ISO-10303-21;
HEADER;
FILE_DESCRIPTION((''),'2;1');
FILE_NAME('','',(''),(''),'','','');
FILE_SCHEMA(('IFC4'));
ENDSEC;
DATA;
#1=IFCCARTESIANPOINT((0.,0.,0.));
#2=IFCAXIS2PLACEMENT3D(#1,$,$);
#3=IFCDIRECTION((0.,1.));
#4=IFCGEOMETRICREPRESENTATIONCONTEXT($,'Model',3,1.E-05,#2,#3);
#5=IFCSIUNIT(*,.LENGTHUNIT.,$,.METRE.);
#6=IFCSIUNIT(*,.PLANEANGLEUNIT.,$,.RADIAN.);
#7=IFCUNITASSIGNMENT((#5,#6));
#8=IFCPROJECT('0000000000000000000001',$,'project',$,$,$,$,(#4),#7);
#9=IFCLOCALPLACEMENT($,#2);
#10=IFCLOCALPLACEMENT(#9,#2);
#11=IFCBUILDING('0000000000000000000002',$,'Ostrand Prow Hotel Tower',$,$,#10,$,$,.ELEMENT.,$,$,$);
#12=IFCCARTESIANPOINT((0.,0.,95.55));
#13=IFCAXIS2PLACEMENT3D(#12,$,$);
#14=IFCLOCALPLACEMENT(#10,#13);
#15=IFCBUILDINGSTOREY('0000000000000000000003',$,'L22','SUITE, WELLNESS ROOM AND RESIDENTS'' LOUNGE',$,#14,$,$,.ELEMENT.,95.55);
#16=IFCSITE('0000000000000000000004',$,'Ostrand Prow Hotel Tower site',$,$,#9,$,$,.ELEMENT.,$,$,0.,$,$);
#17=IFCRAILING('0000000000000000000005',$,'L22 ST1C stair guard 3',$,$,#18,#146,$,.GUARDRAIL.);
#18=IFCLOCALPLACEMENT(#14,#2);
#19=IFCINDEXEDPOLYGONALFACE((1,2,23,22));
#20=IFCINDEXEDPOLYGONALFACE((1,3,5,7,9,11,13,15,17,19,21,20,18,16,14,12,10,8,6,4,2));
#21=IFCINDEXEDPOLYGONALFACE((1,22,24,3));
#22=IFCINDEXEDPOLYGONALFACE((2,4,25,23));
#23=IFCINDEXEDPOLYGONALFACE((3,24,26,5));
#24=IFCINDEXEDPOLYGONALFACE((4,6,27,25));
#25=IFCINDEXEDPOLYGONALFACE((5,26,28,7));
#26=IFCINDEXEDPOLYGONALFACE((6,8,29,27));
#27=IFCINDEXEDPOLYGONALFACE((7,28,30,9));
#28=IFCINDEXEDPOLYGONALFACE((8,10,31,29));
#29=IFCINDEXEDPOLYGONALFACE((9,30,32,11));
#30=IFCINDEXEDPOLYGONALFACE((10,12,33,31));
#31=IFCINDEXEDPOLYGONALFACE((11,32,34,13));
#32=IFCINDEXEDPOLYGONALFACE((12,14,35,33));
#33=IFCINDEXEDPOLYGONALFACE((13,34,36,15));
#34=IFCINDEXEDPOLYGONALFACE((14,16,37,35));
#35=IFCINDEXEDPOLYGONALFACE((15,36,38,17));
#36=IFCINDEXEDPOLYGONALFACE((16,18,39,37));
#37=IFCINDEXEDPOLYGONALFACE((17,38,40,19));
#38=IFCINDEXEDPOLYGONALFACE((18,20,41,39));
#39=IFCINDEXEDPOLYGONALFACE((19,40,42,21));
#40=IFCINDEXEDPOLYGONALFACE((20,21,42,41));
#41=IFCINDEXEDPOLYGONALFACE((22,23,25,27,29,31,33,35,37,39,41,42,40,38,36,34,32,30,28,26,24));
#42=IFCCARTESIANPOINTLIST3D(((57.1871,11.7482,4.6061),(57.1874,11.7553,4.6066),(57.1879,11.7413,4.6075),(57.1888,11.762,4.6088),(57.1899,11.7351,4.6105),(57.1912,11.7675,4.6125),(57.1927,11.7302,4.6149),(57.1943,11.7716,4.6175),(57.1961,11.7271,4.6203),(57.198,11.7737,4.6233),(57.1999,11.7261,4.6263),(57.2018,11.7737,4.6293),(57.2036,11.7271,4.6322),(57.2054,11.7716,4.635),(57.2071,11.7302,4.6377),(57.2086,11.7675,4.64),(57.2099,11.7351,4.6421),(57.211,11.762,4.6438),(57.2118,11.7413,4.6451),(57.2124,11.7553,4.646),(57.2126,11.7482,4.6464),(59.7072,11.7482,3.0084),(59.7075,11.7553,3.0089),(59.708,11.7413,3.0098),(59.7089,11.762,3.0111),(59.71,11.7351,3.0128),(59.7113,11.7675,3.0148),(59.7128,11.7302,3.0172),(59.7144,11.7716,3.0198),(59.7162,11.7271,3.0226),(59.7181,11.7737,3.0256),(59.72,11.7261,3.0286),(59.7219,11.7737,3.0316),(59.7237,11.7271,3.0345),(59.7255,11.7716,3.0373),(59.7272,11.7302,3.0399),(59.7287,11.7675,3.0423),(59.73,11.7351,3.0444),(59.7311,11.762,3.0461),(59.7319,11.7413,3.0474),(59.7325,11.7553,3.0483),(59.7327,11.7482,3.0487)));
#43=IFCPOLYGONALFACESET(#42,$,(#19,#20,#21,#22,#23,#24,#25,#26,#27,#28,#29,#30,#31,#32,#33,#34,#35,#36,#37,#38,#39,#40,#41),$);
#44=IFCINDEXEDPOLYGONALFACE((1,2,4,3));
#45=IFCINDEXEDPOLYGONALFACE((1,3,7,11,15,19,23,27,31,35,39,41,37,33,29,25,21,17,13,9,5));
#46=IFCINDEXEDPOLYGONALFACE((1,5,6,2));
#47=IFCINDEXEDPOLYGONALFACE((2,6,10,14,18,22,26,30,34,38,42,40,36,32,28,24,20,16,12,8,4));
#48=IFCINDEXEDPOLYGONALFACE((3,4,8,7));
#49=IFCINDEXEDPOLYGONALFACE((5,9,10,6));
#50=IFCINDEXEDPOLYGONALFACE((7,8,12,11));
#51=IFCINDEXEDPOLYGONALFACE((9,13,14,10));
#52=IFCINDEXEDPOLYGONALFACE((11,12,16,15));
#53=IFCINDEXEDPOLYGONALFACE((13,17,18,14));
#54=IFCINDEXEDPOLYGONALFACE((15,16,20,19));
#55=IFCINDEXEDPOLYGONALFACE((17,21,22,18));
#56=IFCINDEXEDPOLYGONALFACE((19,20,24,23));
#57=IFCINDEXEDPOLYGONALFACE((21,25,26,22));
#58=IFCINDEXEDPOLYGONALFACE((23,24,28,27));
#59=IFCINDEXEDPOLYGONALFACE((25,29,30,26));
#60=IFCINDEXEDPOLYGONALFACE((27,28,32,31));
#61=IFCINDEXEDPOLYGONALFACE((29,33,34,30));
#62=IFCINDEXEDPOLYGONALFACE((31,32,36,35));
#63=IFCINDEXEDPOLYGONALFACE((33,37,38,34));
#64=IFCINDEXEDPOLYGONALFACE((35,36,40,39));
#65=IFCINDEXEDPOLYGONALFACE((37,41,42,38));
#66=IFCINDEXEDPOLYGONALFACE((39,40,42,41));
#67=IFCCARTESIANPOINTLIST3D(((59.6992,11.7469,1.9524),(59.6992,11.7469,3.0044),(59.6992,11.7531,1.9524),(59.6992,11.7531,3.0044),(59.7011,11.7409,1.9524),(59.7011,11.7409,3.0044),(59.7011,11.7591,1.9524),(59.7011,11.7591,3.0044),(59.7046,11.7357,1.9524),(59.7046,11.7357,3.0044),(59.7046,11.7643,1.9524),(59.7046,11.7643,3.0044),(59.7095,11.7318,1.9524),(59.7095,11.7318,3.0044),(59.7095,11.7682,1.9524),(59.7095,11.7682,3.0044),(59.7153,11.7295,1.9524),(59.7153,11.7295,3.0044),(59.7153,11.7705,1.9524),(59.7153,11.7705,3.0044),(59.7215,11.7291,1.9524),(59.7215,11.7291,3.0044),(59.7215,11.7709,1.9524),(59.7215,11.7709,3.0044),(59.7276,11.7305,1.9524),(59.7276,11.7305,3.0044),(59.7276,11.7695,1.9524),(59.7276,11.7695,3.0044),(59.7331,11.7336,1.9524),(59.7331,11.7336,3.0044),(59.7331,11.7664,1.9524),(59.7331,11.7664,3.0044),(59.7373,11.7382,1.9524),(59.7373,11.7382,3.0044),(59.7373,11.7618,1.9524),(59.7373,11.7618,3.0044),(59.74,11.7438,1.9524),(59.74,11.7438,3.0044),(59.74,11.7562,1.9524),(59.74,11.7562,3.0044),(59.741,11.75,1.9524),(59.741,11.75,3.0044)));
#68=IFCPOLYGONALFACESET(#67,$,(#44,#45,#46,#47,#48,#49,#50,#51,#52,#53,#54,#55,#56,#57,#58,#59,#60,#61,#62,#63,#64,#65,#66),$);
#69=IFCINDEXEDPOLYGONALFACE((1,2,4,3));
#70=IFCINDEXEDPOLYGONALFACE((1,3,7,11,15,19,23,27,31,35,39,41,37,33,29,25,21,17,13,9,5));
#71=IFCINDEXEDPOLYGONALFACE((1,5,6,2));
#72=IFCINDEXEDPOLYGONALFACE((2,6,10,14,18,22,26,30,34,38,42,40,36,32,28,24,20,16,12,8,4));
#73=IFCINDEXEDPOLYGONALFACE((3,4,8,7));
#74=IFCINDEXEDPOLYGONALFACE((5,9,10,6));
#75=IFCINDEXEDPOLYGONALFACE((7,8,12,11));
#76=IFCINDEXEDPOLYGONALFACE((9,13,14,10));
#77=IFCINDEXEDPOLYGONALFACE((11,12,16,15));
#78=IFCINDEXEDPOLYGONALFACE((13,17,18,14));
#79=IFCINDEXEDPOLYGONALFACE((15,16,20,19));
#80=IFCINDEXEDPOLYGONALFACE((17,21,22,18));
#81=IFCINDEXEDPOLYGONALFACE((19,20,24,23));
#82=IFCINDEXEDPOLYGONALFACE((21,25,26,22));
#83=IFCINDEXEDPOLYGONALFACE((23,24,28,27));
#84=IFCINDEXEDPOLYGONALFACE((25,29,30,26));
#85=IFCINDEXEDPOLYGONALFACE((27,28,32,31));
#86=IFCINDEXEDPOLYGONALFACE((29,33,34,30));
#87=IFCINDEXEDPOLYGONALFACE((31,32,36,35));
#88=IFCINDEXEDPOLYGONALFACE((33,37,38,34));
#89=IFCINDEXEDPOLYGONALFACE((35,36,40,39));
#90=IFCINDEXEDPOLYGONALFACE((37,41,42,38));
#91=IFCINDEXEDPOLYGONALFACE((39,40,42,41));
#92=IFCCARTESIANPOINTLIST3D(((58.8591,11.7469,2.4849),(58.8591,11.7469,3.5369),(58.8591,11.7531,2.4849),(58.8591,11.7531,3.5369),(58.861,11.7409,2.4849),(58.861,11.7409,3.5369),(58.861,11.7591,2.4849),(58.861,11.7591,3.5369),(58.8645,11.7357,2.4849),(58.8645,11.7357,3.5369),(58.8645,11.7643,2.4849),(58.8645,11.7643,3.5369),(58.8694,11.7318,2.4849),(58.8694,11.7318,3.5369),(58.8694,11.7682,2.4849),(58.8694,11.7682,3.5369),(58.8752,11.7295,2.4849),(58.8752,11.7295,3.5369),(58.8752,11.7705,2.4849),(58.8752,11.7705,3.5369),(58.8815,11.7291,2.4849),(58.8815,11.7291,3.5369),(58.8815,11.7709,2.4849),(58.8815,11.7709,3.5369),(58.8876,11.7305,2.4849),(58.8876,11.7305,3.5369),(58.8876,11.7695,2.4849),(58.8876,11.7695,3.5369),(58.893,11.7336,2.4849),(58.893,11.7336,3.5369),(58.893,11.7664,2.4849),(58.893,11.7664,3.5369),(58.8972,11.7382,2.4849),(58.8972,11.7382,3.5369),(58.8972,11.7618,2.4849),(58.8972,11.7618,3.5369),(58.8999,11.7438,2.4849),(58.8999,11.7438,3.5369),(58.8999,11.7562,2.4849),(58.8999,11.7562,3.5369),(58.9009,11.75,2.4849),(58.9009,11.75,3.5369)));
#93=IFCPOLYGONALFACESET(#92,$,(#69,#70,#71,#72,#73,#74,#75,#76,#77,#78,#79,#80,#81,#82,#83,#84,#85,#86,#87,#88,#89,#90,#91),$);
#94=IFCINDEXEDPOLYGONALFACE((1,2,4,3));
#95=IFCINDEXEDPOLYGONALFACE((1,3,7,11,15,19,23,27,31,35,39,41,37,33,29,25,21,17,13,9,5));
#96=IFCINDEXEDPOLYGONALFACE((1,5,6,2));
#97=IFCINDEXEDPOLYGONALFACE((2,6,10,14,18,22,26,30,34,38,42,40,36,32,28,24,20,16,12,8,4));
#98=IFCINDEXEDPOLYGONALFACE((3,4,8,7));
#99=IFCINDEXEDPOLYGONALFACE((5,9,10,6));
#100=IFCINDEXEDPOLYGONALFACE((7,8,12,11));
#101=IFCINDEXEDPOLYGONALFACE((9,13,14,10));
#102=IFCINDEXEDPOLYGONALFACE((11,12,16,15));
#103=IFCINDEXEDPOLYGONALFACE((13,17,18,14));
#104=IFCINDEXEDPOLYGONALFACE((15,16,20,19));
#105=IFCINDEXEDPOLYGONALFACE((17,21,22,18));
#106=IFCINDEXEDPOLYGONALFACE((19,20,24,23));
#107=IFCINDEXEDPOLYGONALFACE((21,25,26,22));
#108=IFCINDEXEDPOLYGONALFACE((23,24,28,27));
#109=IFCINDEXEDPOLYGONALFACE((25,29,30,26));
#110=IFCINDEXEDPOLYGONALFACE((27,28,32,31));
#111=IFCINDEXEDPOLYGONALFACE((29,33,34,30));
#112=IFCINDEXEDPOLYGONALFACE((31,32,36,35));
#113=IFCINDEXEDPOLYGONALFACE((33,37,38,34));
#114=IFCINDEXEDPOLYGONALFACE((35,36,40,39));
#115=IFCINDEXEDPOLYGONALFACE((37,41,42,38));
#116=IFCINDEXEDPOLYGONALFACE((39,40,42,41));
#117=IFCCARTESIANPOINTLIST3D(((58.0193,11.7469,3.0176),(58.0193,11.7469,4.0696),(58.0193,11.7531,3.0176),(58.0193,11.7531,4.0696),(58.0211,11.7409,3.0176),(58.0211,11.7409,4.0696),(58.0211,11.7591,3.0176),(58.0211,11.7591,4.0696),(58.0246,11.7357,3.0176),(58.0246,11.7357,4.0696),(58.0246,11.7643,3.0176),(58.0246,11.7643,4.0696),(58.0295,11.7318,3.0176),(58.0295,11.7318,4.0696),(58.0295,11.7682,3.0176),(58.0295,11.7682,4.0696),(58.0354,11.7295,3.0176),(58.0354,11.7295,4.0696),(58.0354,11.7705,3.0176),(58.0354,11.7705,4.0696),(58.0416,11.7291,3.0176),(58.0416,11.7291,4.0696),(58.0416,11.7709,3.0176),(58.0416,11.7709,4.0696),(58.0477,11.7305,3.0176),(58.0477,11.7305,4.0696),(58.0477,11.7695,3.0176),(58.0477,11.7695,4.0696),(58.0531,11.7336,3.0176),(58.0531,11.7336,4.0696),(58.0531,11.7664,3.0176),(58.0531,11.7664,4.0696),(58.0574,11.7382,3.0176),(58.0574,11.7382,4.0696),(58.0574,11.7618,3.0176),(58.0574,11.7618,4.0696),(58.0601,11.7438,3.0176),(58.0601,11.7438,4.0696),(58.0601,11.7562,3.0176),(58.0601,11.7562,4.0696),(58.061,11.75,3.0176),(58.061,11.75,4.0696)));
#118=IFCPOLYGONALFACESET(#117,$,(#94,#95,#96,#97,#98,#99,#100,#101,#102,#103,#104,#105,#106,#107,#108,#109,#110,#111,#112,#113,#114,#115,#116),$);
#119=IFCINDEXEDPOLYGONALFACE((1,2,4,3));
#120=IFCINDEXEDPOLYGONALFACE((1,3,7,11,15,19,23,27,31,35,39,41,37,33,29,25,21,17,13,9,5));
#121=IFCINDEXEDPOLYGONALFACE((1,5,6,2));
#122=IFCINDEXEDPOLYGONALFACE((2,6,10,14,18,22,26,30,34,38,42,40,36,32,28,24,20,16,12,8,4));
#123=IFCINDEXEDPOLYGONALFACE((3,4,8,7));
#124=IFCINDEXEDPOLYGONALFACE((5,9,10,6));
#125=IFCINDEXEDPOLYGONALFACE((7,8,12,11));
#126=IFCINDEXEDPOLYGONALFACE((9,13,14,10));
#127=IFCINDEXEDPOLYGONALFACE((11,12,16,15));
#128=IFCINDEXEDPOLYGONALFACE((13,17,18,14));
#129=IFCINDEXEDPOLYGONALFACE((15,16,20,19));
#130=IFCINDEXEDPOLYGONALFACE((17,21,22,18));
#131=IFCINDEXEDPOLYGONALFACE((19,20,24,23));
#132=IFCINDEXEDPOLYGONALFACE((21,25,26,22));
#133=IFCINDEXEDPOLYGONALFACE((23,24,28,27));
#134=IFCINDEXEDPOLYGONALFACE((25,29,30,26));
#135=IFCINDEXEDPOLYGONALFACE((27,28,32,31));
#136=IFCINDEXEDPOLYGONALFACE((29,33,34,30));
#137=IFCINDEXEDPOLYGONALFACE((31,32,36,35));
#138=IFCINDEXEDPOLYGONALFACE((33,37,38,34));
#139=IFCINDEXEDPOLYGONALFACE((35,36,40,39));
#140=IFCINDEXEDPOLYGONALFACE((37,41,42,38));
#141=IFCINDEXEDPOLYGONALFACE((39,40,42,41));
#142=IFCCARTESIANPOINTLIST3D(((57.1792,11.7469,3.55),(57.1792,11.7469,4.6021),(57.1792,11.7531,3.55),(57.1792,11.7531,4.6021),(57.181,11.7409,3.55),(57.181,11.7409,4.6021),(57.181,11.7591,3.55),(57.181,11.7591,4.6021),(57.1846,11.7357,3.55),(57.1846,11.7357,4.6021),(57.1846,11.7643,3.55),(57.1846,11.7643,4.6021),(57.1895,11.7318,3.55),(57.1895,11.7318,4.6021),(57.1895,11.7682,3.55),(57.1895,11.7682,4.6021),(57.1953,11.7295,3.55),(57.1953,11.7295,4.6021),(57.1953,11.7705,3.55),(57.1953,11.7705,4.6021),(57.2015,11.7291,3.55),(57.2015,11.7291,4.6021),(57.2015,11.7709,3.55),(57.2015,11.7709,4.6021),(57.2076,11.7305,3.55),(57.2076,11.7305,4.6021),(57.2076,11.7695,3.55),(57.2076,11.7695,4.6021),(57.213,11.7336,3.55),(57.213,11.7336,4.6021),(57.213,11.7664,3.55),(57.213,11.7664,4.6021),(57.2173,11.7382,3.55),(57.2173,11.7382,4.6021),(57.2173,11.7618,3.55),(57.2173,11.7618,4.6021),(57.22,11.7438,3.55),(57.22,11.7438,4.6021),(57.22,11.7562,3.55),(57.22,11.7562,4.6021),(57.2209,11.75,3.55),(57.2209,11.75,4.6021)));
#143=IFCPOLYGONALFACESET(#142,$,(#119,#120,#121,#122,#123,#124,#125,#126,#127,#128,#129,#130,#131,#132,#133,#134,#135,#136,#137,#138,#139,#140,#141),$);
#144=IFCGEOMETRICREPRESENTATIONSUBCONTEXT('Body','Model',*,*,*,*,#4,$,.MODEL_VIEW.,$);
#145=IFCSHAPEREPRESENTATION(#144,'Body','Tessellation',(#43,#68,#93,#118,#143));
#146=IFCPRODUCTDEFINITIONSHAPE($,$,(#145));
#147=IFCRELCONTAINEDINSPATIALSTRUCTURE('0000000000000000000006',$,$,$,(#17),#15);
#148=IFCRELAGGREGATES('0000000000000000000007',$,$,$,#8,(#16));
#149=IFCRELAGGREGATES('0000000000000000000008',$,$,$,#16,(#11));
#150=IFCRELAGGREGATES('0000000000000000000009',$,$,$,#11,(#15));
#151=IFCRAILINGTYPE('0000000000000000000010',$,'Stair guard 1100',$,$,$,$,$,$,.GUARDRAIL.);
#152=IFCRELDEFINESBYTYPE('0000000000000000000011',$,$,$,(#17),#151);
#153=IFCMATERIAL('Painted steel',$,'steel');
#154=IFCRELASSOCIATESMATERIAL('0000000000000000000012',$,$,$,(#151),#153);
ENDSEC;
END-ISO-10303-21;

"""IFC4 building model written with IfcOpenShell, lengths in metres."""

from ifc_helpers import new_model, si_unit, direction, frame, origin, origin_2d, place, context, subcontext, project, spatial, circle, extrude, material, type_object, element, save


model = new_model("IFC4")

# Units and contexts
model_context = context("Model", 3, precision=1e-05, world=origin(), true_north=direction((0.0, 1.0)))
body_context = subcontext(model_context, "Body", "Model", "MODEL_VIEW")
ifc_project = project(units=[si_unit("LENGTHUNIT", "METRE"), si_unit("PLANEANGLEUNIT", "RADIAN")], contexts=[model_context])

# Site, building, storey
site_placement = place(None, origin())
site = spatial("IfcSite", under=ifc_project, at=site_placement, Name="Ostrand Prow Hotel Tower site", CompositionType="ELEMENT", RefElevation=0.0)
building_placement = place(site_placement, origin())
building = spatial("IfcBuilding", under=site, at=building_placement, Name="Ostrand Prow Hotel Tower", CompositionType="ELEMENT")
storey_placement = place(building_placement, frame((0.0, 0.0, 95.55)))
storey = spatial("IfcBuildingStorey", under=building, at=storey_placement, Name="L22", Description="SUITE, WELLNESS ROOM AND RESIDENTS' LOUNGE", CompositionType="ELEMENT", Elevation=95.55)

# Railing
ifc_material_1 = material(Name="Painted steel", Category="steel")
railing_type_1 = type_object("IfcRailingType", Name="Stair guard 1100", PredefinedType="GUARDRAIL", material=ifc_material_1)
railing_1_placement = place(storey_placement, frame((59.72, 11.75, 1.9524)))
element("IfcRailing", 1, at=railing_1_placement, inside=storey, type_object=railing_type_1, Name="L22 ST1C stair guard 3", PredefinedType="GUARDRAIL", context=body_context, shape_type="SweptSolid", body=[
    extrude(circle(Radius=0.0239, at=origin_2d()), frame((0.0, 0.0, 1.0762), z_axis=(-0.84457, 0.0, 0.535445), x_axis=(0.0, -1.0, 0.0)), (0.0, 0.0, 1.0), 2.9839),
    extrude(circle(Radius=0.021, at=origin_2d()), origin(), (0.0, 0.0, 1.0), 1.052),
    extrude(circle(Radius=0.021, at=origin_2d()), frame((-0.8401, 0.0, 0.5325)), (0.0, 0.0, 1.0), 1.052),
    extrude(circle(Radius=0.021, at=origin_2d()), frame((-1.6799, 0.0, 1.0652)), (0.0, 0.0, 1.0), 1.052),
    extrude(circle(Radius=0.021, at=origin_2d()), frame((-2.52, 0.0, 1.5977)), (0.0, 0.0, 1.0), 1.052),
])

save(model, "model.ifc")
